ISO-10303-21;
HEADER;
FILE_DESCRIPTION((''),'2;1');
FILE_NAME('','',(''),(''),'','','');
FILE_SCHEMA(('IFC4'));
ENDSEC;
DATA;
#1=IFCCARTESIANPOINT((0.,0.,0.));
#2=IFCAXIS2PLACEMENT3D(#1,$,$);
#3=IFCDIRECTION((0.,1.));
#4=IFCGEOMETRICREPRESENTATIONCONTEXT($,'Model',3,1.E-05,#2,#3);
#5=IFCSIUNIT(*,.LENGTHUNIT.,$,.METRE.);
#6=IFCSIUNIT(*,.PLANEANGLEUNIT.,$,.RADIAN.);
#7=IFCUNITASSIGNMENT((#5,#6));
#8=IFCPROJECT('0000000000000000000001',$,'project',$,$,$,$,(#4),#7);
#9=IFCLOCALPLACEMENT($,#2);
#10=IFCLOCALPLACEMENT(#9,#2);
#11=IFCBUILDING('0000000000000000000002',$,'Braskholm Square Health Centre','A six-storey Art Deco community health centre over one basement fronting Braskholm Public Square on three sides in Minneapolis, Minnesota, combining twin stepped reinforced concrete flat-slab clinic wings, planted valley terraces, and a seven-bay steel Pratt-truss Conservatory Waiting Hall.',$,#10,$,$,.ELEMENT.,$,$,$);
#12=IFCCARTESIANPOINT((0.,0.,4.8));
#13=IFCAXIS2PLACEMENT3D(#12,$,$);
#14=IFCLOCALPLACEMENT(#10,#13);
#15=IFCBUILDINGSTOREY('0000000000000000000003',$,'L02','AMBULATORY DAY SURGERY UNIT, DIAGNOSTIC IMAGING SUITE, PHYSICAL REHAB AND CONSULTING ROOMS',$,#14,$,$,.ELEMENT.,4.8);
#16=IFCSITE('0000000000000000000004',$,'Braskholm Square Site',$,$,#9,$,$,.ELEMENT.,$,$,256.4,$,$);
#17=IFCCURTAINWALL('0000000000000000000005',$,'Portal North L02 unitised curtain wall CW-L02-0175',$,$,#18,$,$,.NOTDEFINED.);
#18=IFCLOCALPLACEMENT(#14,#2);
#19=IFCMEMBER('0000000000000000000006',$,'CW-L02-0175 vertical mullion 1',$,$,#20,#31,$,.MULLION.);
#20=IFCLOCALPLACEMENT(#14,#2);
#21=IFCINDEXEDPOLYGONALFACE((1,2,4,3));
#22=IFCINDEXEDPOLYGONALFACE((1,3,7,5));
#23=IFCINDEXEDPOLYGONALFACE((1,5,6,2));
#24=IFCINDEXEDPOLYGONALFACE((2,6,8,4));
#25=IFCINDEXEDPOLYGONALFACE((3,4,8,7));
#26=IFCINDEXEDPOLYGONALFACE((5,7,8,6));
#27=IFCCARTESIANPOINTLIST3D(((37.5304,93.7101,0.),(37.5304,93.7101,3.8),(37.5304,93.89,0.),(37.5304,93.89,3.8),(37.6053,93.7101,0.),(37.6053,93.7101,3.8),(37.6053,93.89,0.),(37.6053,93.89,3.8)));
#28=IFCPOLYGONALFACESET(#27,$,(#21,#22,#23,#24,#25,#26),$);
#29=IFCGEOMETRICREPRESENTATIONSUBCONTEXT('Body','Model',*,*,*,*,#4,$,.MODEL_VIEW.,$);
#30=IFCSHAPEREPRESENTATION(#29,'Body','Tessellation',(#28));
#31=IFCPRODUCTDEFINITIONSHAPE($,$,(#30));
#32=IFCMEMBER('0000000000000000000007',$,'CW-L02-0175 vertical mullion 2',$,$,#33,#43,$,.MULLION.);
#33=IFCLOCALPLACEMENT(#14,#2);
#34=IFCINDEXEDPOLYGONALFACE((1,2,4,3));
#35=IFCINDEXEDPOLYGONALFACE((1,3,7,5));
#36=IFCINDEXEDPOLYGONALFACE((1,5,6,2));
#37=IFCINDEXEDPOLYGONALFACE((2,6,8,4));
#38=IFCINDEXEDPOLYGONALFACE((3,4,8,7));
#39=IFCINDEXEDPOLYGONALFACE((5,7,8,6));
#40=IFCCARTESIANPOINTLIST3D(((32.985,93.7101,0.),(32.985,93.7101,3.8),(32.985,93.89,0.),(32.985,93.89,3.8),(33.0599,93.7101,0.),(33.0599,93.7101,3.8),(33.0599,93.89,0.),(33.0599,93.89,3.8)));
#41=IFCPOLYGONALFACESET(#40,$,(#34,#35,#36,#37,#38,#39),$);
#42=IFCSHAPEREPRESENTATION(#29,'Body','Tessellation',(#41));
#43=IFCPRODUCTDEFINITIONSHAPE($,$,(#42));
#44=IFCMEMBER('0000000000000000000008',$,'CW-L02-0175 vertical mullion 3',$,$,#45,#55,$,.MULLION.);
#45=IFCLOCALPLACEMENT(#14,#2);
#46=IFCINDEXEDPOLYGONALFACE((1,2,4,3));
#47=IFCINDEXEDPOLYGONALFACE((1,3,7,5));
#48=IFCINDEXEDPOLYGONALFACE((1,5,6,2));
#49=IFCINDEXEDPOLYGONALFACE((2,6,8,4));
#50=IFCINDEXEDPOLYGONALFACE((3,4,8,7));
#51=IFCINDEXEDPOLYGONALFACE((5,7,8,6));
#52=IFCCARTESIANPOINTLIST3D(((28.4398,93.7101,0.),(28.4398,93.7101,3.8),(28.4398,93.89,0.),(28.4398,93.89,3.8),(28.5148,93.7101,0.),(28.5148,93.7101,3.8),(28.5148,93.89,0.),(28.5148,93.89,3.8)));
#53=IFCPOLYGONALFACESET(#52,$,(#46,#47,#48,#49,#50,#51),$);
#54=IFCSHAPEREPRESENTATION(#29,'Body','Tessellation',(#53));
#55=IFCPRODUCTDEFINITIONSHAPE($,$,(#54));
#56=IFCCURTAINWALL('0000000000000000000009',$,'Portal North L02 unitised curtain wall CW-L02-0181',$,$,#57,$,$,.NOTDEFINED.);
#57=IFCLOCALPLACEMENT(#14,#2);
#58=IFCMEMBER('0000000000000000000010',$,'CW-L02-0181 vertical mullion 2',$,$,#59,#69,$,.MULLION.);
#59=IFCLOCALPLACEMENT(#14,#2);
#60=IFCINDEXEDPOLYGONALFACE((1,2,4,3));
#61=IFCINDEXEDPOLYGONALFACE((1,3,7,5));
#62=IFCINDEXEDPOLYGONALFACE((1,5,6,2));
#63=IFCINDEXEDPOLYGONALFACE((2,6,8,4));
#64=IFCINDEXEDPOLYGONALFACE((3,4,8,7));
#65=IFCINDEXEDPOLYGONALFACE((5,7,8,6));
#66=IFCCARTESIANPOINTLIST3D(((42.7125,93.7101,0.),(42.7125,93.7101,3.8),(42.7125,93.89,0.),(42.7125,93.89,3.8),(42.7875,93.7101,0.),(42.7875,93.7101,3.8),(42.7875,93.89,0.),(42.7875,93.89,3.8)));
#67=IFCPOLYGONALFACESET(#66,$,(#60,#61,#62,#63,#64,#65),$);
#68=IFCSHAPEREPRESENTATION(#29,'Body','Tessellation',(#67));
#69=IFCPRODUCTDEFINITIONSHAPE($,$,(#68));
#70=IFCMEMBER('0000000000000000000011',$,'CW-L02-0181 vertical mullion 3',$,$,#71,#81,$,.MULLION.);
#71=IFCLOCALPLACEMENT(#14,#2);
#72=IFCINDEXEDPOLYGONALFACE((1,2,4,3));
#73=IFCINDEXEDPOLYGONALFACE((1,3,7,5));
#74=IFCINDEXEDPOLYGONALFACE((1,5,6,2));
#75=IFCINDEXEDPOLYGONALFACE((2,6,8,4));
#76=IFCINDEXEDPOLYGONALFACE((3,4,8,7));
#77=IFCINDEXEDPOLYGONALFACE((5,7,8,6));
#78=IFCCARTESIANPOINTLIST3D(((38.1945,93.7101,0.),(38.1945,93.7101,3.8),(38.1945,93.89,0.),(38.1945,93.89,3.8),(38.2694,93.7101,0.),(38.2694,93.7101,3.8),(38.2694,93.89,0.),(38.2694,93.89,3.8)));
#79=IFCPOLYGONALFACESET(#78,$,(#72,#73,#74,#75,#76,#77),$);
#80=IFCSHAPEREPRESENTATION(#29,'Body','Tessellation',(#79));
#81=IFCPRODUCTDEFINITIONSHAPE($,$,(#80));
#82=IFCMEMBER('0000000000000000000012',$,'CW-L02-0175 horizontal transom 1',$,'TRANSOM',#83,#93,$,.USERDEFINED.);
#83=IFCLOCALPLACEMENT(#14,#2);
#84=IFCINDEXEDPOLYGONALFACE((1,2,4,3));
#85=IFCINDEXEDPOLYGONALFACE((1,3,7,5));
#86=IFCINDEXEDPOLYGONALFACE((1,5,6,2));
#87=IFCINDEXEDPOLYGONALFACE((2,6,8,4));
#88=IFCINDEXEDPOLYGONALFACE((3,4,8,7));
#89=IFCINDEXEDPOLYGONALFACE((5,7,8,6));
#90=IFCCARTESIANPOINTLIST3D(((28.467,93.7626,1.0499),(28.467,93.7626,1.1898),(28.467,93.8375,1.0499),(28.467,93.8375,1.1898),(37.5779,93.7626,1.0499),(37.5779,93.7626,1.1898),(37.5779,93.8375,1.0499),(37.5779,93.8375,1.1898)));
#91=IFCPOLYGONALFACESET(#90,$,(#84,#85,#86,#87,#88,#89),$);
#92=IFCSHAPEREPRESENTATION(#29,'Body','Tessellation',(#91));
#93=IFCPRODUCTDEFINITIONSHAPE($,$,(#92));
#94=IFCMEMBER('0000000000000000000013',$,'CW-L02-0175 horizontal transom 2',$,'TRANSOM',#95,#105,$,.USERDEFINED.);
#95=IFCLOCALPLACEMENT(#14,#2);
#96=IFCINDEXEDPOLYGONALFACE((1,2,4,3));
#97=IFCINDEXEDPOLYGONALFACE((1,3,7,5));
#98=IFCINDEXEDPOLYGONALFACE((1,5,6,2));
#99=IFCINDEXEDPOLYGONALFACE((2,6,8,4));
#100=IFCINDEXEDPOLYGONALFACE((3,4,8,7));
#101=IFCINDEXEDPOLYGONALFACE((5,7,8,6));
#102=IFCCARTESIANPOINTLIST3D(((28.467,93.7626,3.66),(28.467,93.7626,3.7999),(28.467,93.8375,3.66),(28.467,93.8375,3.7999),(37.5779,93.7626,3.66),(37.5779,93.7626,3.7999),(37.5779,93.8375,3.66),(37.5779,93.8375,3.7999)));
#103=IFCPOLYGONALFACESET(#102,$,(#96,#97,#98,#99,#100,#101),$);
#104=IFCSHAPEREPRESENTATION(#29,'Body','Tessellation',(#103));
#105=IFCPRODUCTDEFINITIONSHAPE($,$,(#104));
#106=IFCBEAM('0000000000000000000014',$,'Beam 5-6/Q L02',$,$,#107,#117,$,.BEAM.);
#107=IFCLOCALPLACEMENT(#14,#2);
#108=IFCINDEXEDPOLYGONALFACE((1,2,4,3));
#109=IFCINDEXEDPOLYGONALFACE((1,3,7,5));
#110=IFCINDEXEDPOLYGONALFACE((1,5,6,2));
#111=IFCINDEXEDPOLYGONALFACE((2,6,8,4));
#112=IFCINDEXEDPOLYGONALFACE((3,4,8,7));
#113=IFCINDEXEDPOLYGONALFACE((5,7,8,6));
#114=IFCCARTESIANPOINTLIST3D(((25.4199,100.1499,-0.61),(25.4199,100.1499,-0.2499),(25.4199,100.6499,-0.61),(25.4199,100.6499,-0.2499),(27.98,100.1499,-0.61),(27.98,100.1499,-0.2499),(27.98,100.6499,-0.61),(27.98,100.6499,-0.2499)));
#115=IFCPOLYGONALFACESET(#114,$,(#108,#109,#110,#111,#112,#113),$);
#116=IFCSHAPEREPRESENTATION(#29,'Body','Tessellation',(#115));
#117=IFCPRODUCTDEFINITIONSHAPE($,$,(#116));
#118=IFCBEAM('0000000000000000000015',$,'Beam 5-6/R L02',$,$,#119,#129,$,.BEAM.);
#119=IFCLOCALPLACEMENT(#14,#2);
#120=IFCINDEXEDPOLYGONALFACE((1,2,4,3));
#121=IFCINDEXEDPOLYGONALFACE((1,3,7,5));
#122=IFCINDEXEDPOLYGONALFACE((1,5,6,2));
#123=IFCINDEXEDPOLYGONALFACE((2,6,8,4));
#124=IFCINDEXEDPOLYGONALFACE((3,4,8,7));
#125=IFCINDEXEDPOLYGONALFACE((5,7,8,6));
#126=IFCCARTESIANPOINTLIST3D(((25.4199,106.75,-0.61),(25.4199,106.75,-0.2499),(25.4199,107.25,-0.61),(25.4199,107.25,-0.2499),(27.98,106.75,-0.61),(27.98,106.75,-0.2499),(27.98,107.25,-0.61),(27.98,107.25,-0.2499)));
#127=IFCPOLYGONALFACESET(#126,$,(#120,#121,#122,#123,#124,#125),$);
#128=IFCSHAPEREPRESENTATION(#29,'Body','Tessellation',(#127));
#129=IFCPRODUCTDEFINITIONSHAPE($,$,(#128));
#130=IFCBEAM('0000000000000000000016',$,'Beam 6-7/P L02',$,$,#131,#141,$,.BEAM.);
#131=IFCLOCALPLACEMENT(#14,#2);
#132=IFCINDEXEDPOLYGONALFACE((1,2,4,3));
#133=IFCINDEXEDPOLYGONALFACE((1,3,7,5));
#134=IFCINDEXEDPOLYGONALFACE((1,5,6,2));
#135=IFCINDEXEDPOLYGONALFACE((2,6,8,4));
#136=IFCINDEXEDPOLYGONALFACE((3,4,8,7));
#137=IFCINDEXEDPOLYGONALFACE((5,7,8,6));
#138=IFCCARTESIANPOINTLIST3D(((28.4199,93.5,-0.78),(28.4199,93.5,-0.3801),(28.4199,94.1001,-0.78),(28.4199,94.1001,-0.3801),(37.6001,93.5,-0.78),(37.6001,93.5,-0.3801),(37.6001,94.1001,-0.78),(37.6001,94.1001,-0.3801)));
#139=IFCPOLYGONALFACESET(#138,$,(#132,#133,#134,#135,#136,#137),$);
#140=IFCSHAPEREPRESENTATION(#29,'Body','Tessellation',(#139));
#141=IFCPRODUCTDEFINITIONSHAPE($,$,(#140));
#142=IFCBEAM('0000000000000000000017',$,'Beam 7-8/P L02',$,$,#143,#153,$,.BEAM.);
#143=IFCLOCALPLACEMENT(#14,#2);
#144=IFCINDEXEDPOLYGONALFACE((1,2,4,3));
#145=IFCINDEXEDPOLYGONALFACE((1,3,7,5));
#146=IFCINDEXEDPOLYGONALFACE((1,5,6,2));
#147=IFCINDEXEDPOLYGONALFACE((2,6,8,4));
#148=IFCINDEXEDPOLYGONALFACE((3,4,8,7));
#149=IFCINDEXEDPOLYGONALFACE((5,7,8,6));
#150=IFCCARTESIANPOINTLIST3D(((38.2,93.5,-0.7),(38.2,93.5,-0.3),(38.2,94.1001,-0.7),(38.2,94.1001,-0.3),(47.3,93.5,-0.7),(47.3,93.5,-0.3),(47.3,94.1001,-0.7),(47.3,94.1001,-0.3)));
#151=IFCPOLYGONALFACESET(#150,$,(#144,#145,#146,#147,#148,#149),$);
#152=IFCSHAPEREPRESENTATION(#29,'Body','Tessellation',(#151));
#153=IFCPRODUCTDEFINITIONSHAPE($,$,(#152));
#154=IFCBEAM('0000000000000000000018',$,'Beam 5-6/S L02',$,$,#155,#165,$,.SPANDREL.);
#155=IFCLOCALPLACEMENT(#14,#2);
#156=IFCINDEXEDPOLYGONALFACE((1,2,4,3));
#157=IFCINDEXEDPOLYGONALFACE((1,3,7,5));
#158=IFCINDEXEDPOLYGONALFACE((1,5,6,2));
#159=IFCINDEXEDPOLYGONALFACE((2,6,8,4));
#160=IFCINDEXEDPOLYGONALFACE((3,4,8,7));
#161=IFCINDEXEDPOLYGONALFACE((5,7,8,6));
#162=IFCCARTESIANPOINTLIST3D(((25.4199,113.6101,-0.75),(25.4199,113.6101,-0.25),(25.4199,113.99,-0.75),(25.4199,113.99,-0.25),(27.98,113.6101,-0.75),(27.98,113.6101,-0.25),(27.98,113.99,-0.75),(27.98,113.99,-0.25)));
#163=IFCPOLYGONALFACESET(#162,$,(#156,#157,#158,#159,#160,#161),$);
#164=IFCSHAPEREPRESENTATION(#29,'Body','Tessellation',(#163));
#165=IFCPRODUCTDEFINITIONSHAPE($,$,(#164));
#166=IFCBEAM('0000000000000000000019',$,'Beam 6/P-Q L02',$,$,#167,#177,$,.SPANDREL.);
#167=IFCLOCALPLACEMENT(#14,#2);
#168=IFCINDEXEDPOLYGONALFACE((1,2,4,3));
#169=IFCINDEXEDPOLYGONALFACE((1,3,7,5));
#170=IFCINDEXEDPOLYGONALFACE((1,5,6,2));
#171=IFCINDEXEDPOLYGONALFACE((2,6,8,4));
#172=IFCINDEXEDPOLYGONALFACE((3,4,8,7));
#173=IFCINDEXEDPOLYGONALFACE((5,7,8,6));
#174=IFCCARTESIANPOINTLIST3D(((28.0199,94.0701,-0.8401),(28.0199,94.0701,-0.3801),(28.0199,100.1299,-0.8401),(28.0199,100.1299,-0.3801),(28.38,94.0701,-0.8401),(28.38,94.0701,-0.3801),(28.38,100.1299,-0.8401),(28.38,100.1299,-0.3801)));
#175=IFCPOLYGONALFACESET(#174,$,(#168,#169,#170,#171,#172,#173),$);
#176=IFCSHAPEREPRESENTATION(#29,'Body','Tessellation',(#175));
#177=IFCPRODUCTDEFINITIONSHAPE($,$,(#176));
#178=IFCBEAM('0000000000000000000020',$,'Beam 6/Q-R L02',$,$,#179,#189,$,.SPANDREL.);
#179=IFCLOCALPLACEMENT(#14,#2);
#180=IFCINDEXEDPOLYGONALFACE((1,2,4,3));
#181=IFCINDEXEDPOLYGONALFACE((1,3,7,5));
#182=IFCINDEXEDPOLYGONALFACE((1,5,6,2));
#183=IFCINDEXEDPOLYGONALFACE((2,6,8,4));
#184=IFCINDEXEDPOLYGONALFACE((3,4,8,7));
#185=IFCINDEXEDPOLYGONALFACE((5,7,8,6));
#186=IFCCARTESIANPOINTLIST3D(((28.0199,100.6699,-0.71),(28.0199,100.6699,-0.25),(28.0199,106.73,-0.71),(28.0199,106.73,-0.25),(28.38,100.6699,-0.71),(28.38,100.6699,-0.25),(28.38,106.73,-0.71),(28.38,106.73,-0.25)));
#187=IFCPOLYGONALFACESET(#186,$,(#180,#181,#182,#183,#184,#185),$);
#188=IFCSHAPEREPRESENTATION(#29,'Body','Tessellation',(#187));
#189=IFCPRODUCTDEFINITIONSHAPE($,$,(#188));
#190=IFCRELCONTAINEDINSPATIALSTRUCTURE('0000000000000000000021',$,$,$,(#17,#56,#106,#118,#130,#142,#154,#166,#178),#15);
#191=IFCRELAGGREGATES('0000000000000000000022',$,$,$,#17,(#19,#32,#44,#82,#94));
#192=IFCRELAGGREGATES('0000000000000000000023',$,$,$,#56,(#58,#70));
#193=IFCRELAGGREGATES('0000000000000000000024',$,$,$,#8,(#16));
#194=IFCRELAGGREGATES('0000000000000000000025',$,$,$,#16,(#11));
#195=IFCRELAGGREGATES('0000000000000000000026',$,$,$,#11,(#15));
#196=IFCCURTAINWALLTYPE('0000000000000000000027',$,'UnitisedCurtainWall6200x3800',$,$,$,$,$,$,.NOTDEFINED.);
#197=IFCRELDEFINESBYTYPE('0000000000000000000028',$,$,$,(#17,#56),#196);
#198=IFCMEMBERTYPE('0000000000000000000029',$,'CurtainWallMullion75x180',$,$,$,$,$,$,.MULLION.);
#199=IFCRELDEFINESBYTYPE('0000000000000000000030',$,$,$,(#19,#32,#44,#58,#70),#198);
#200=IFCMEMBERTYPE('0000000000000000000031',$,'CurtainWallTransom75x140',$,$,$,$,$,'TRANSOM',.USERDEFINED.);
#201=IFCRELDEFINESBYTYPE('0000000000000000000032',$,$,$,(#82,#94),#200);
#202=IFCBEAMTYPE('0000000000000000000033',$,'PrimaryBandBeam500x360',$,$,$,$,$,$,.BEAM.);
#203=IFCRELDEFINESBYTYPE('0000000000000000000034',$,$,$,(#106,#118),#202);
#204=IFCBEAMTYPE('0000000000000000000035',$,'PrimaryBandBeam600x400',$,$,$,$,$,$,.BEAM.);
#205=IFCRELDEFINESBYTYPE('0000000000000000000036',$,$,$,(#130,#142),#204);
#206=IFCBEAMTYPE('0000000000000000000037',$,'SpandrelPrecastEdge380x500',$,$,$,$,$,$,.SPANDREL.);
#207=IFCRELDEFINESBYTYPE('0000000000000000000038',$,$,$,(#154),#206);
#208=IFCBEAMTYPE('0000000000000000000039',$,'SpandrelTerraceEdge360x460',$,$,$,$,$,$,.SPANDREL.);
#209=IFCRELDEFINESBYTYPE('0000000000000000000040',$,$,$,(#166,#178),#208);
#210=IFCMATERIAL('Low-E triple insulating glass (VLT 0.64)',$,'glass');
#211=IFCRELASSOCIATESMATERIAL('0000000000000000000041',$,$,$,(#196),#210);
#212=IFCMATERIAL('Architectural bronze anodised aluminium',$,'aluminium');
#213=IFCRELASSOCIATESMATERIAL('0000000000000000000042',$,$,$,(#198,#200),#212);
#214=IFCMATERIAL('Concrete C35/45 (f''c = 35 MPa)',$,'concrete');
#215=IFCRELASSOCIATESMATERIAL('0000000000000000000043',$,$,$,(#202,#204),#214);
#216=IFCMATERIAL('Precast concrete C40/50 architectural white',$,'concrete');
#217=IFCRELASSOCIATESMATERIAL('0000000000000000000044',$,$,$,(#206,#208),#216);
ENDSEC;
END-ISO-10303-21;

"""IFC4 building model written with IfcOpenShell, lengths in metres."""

from ifc_helpers import new_model, si_unit, direction, frame, origin, origin_2d, place, context, subcontext, project, spatial, rectangle, extrude, material, material_profile, profile_set, type_object, element, aggregate, save


model = new_model("IFC4")

# Units and contexts
model_context = context("Model", 3, precision=1e-05, world=origin(), true_north=direction((0.0, 1.0)))
body_context = subcontext(model_context, "Body", "Model", "MODEL_VIEW")
ifc_project = project(units=[si_unit("LENGTHUNIT", "METRE"), si_unit("PLANEANGLEUNIT", "RADIAN")], contexts=[model_context])

# Site, building, storey
site_placement = place(None, origin())
site = spatial("IfcSite", under=ifc_project, at=site_placement, Name="Braskholm Square Site", CompositionType="ELEMENT", RefElevation=256.4)
building_placement = place(site_placement, origin())
building = spatial("IfcBuilding", under=site, at=building_placement, Name="Braskholm Square Health Centre", Description="A six-storey Art Deco community health centre over one basement fronting Braskholm Public Square on three sides in Minneapolis, Minnesota, combining twin stepped reinforced concrete flat-slab clinic wings, planted valley terraces, and a seven-bay steel Pratt-truss Conservatory Waiting Hall.", CompositionType="ELEMENT")
storey_placement = place(building_placement, frame((0.0, 0.0, 4.8)))
storey = spatial("IfcBuildingStorey", under=building, at=storey_placement, Name="L02", Description="AMBULATORY DAY SURGERY UNIT, DIAGNOSTIC IMAGING SUITE, PHYSICAL REHAB AND CONSULTING ROOMS", CompositionType="ELEMENT", Elevation=4.8)

# Shared definitions
ifc_material_1 = material(Name="Precast concrete C40/50 architectural white", Category="concrete")

# Curtain walls, members
ifc_material_2 = material(Name="Low-E triple insulating glass (VLT 0.64)", Category="glass")
curtain_wall_type = type_object("IfcCurtainWallType", Name="UnitisedCurtainWall6200x3800", PredefinedType="NOTDEFINED", material=ifc_material_2)
curtain_wall_1_placement = place(storey_placement, origin())
curtain_wall_1 = element("IfcCurtainWall", 1, at=curtain_wall_1_placement, inside=storey, type_object=curtain_wall_type, Name="Portal North L02 unitised curtain wall CW-L02-0175", PredefinedType="NOTDEFINED")
ifc_material_3 = material(Name="Architectural bronze anodised aluminium", Category="aluminium")
ifc_material_profile_1 = material_profile(ifc_material_3, rectangle(XDim=0.075, YDim=0.1799, at=origin_2d()), Name="ALU-75X180")
ifc_profile_set_1 = profile_set([ifc_material_profile_1], Name="Architectural bronze anodised aluminium")
member_type_1 = type_object("IfcMemberType", Name="CurtainWallMullion75x180", PredefinedType="MULLION", material=ifc_profile_set_1)
member_1_placement = place(storey_placement, frame((37.5679, 93.8, 0.0), z_axis=(0.0, 0.0, 1.0), x_axis=(1.0, 0.0, 0.0)))
member_1 = element("IfcMember", 2, at=member_1_placement, type_object=member_type_1, Name="CW-L02-0175 vertical mullion 1", PredefinedType="MULLION", context=body_context, shape_type="SweptSolid", body=[
    extrude(rectangle(XDim=0.075, YDim=0.1799, at=origin_2d()), origin(), (0.0, 0.0, 1.0), 3.8),
])
member_2_placement = place(storey_placement, frame((33.0225, 93.8, 0.0), z_axis=(0.0, 0.0, 1.0), x_axis=(1.0, 0.0, 0.0)))
member_2 = element("IfcMember", 3, at=member_2_placement, type_object=member_type_1, Name="CW-L02-0175 vertical mullion 2", PredefinedType="MULLION", context=body_context, shape_type="SweptSolid", body=[
    extrude(rectangle(XDim=0.075, YDim=0.1799, at=origin_2d()), origin(), (0.0, 0.0, 1.0), 3.8),
])
member_3_placement = place(storey_placement, frame((28.4773, 93.8, 0.0), z_axis=(0.0, 0.0, 1.0), x_axis=(1.0, 0.0, 0.0)))
member_3 = element("IfcMember", 4, at=member_3_placement, type_object=member_type_1, Name="CW-L02-0175 vertical mullion 3", PredefinedType="MULLION", context=body_context, shape_type="SweptSolid", body=[
    extrude(rectangle(XDim=0.075, YDim=0.1799, at=origin_2d()), origin(), (0.0, 0.0, 1.0), 3.8),
])
curtain_wall_2_placement = place(storey_placement, origin())
curtain_wall_2 = element("IfcCurtainWall", 5, at=curtain_wall_2_placement, inside=storey, type_object=curtain_wall_type, Name="Portal North L02 unitised curtain wall CW-L02-0181", PredefinedType="NOTDEFINED")
member_4_placement = place(storey_placement, frame((42.75, 93.8, 0.0), z_axis=(0.0, 0.0, 1.0), x_axis=(1.0, 0.0, 0.0)))
member_4 = element("IfcMember", 6, at=member_4_placement, type_object=member_type_1, Name="CW-L02-0181 vertical mullion 2", PredefinedType="MULLION", context=body_context, shape_type="SweptSolid", body=[
    extrude(rectangle(XDim=0.075, YDim=0.1799, at=origin_2d()), origin(), (0.0, 0.0, 1.0), 3.8),
])
member_5_placement = place(storey_placement, frame((38.2319, 93.8, 0.0), z_axis=(0.0, 0.0, 1.0), x_axis=(1.0, 0.0, 0.0)))
member_5 = element("IfcMember", 7, at=member_5_placement, type_object=member_type_1, Name="CW-L02-0181 vertical mullion 3", PredefinedType="MULLION", context=body_context, shape_type="SweptSolid", body=[
    extrude(rectangle(XDim=0.075, YDim=0.1799, at=origin_2d()), origin(), (0.0, 0.0, 1.0), 3.8),
])

# Members
ifc_material_profile_2 = material_profile(ifc_material_3, rectangle(XDim=0.075, YDim=0.1399, at=origin_2d()), Name="ALU-75X140")
ifc_profile_set_2 = profile_set([ifc_material_profile_2], Name="Architectural bronze anodised aluminium")
member_type_2 = type_object("IfcMemberType", Name="CurtainWallTransom75x140", ElementType="TRANSOM", PredefinedType="USERDEFINED", material=ifc_profile_set_2)
member_6_placement = place(storey_placement, frame((37.5779, 93.8, 1.1199), z_axis=(-1.0, 0.0, 0.0), x_axis=(0.0, -1.0, 0.0)))
member_6 = element("IfcMember", 8, at=member_6_placement, type_object=member_type_2, Name="CW-L02-0175 horizontal transom 1", ObjectType="TRANSOM", PredefinedType="USERDEFINED", context=body_context, shape_type="SweptSolid", body=[
    extrude(rectangle(XDim=0.075, YDim=0.1399, at=origin_2d()), origin(), (0.0, 0.0, 1.0), 9.1108),
])
member_7_placement = place(storey_placement, frame((37.5779, 93.8, 3.73), z_axis=(-1.0, 0.0, 0.0), x_axis=(0.0, -1.0, 0.0)))
member_7 = element("IfcMember", 9, at=member_7_placement, type_object=member_type_2, Name="CW-L02-0175 horizontal transom 2", ObjectType="TRANSOM", PredefinedType="USERDEFINED", context=body_context, shape_type="SweptSolid", body=[
    extrude(rectangle(XDim=0.075, YDim=0.1399, at=origin_2d()), origin(), (0.0, 0.0, 1.0), 9.1108),
])

# Beams
ifc_material_4 = material(Name="Concrete C35/45 (f'c = 35 MPa)", Category="concrete")
ifc_material_profile_3 = material_profile(ifc_material_4, rectangle(XDim=0.5, YDim=0.3601, at=origin_2d()), Name="RCB-500X360")
ifc_profile_set_3 = profile_set([ifc_material_profile_3], Name="Concrete C35/45 (f'c = 35 MPa)")
beam_type_1 = type_object("IfcBeamType", Name="PrimaryBandBeam500x360", PredefinedType="BEAM", material=ifc_profile_set_3)
for number, where, z_axis, x_axis, name in (
    (10, (25.4199, 100.3999, -0.4299), (1.0, 0.0, 0.0), (0.0, 1.0, 0.0), "Beam 5-6/Q L02"),
    (11, (25.4199, 107.0, -0.4299), (1.0, 0.0, 0.0), (0.0, 1.0, 0.0), "Beam 5-6/R L02"),
):
    element("IfcBeam", number, at=place(storey_placement, frame(where, z_axis=z_axis, x_axis=x_axis)), inside=storey, type_object=beam_type_1, Name=name, PredefinedType="BEAM", context=body_context, shape_type="SweptSolid", body=[
        extrude(rectangle(XDim=0.5, YDim=0.3601, at=origin_2d()), origin(), (0.0, 0.0, 1.0), 2.5601),
    ])
ifc_material_profile_4 = material_profile(ifc_material_4, rectangle(XDim=0.6001, YDim=0.3999, at=origin_2d()), Name="RCB-600X400")
ifc_profile_set_4 = profile_set([ifc_material_profile_4], Name="Concrete C35/45 (f'c = 35 MPa)")
beam_type_2 = type_object("IfcBeamType", Name="PrimaryBandBeam600x400", PredefinedType="BEAM", material=ifc_profile_set_4)
beam_1_placement = place(storey_placement, frame((28.4199, 93.8, -0.5801), z_axis=(1.0, 0.0, 0.0), x_axis=(0.0, 1.0, 0.0)))
element("IfcBeam", 12, at=beam_1_placement, inside=storey, type_object=beam_type_2, Name="Beam 6-7/P L02", PredefinedType="BEAM", context=body_context, shape_type="SweptSolid", body=[
    extrude(rectangle(XDim=0.6001, YDim=0.3999, at=origin_2d()), origin(), (0.0, 0.0, 1.0), 9.1802),
])
beam_2_placement = place(storey_placement, frame((38.2, 93.8, -0.5), z_axis=(1.0, 0.0, 0.0), x_axis=(0.0, 1.0, 0.0)))
element("IfcBeam", 13, at=beam_2_placement, inside=storey, type_object=beam_type_2, Name="Beam 7-8/P L02", PredefinedType="BEAM", context=body_context, shape_type="SweptSolid", body=[
    extrude(rectangle(XDim=0.6001, YDim=0.3999, at=origin_2d()), origin(), (0.0, 0.0, 1.0), 9.1001),
])
ifc_material_profile_5 = material_profile(ifc_material_1, rectangle(XDim=0.3799, YDim=0.5, at=origin_2d()), Name="RCB-380X500")
ifc_profile_set_5 = profile_set([ifc_material_profile_5], Name="Precast concrete C40/50 architectural white")
beam_type_3 = type_object("IfcBeamType", Name="SpandrelPrecastEdge380x500", PredefinedType="SPANDREL", material=ifc_profile_set_5)
beam_3_placement = place(storey_placement, frame((25.4199, 113.8, -0.5), z_axis=(1.0, 0.0, 0.0), x_axis=(0.0, 1.0, 0.0)))
element("IfcBeam", 14, at=beam_3_placement, inside=storey, type_object=beam_type_3, Name="Beam 5-6/S L02", PredefinedType="SPANDREL", context=body_context, shape_type="SweptSolid", body=[
    extrude(rectangle(XDim=0.3799, YDim=0.5, at=origin_2d()), origin(), (0.0, 0.0, 1.0), 2.5601),
])
ifc_material_profile_6 = material_profile(ifc_material_1, rectangle(XDim=0.3601, YDim=0.46, at=origin_2d()), Name="RCB-360X460")
ifc_profile_set_6 = profile_set([ifc_material_profile_6], Name="Precast concrete C40/50 architectural white")
beam_type_4 = type_object("IfcBeamType", Name="SpandrelTerraceEdge360x460", PredefinedType="SPANDREL", material=ifc_profile_set_6)
beam_4_placement = place(storey_placement, frame((28.2, 94.0701, -0.6101), z_axis=(0.0, 1.0, 0.0), x_axis=(-1.0, 0.0, 0.0)))
element("IfcBeam", 15, at=beam_4_placement, inside=storey, type_object=beam_type_4, Name="Beam 6/P-Q L02", PredefinedType="SPANDREL", context=body_context, shape_type="SweptSolid", body=[
    extrude(rectangle(XDim=0.3601, YDim=0.46, at=origin_2d()), origin(), (0.0, 0.0, 1.0), 6.0598),
])
beam_5_placement = place(storey_placement, frame((28.2, 100.6699, -0.48), z_axis=(0.0, 1.0, 0.0), x_axis=(-1.0, 0.0, 0.0)))
element("IfcBeam", 16, at=beam_5_placement, inside=storey, type_object=beam_type_4, Name="Beam 6/Q-R L02", PredefinedType="SPANDREL", context=body_context, shape_type="SweptSolid", body=[
    extrude(rectangle(XDim=0.3601, YDim=0.46, at=origin_2d()), origin(), (0.0, 0.0, 1.0), 6.0601),
])

aggregate(curtain_wall_1, [member_1, member_2, member_3, member_6, member_7])
aggregate(curtain_wall_2, [member_4, member_5])

save(model, "model.ifc")
